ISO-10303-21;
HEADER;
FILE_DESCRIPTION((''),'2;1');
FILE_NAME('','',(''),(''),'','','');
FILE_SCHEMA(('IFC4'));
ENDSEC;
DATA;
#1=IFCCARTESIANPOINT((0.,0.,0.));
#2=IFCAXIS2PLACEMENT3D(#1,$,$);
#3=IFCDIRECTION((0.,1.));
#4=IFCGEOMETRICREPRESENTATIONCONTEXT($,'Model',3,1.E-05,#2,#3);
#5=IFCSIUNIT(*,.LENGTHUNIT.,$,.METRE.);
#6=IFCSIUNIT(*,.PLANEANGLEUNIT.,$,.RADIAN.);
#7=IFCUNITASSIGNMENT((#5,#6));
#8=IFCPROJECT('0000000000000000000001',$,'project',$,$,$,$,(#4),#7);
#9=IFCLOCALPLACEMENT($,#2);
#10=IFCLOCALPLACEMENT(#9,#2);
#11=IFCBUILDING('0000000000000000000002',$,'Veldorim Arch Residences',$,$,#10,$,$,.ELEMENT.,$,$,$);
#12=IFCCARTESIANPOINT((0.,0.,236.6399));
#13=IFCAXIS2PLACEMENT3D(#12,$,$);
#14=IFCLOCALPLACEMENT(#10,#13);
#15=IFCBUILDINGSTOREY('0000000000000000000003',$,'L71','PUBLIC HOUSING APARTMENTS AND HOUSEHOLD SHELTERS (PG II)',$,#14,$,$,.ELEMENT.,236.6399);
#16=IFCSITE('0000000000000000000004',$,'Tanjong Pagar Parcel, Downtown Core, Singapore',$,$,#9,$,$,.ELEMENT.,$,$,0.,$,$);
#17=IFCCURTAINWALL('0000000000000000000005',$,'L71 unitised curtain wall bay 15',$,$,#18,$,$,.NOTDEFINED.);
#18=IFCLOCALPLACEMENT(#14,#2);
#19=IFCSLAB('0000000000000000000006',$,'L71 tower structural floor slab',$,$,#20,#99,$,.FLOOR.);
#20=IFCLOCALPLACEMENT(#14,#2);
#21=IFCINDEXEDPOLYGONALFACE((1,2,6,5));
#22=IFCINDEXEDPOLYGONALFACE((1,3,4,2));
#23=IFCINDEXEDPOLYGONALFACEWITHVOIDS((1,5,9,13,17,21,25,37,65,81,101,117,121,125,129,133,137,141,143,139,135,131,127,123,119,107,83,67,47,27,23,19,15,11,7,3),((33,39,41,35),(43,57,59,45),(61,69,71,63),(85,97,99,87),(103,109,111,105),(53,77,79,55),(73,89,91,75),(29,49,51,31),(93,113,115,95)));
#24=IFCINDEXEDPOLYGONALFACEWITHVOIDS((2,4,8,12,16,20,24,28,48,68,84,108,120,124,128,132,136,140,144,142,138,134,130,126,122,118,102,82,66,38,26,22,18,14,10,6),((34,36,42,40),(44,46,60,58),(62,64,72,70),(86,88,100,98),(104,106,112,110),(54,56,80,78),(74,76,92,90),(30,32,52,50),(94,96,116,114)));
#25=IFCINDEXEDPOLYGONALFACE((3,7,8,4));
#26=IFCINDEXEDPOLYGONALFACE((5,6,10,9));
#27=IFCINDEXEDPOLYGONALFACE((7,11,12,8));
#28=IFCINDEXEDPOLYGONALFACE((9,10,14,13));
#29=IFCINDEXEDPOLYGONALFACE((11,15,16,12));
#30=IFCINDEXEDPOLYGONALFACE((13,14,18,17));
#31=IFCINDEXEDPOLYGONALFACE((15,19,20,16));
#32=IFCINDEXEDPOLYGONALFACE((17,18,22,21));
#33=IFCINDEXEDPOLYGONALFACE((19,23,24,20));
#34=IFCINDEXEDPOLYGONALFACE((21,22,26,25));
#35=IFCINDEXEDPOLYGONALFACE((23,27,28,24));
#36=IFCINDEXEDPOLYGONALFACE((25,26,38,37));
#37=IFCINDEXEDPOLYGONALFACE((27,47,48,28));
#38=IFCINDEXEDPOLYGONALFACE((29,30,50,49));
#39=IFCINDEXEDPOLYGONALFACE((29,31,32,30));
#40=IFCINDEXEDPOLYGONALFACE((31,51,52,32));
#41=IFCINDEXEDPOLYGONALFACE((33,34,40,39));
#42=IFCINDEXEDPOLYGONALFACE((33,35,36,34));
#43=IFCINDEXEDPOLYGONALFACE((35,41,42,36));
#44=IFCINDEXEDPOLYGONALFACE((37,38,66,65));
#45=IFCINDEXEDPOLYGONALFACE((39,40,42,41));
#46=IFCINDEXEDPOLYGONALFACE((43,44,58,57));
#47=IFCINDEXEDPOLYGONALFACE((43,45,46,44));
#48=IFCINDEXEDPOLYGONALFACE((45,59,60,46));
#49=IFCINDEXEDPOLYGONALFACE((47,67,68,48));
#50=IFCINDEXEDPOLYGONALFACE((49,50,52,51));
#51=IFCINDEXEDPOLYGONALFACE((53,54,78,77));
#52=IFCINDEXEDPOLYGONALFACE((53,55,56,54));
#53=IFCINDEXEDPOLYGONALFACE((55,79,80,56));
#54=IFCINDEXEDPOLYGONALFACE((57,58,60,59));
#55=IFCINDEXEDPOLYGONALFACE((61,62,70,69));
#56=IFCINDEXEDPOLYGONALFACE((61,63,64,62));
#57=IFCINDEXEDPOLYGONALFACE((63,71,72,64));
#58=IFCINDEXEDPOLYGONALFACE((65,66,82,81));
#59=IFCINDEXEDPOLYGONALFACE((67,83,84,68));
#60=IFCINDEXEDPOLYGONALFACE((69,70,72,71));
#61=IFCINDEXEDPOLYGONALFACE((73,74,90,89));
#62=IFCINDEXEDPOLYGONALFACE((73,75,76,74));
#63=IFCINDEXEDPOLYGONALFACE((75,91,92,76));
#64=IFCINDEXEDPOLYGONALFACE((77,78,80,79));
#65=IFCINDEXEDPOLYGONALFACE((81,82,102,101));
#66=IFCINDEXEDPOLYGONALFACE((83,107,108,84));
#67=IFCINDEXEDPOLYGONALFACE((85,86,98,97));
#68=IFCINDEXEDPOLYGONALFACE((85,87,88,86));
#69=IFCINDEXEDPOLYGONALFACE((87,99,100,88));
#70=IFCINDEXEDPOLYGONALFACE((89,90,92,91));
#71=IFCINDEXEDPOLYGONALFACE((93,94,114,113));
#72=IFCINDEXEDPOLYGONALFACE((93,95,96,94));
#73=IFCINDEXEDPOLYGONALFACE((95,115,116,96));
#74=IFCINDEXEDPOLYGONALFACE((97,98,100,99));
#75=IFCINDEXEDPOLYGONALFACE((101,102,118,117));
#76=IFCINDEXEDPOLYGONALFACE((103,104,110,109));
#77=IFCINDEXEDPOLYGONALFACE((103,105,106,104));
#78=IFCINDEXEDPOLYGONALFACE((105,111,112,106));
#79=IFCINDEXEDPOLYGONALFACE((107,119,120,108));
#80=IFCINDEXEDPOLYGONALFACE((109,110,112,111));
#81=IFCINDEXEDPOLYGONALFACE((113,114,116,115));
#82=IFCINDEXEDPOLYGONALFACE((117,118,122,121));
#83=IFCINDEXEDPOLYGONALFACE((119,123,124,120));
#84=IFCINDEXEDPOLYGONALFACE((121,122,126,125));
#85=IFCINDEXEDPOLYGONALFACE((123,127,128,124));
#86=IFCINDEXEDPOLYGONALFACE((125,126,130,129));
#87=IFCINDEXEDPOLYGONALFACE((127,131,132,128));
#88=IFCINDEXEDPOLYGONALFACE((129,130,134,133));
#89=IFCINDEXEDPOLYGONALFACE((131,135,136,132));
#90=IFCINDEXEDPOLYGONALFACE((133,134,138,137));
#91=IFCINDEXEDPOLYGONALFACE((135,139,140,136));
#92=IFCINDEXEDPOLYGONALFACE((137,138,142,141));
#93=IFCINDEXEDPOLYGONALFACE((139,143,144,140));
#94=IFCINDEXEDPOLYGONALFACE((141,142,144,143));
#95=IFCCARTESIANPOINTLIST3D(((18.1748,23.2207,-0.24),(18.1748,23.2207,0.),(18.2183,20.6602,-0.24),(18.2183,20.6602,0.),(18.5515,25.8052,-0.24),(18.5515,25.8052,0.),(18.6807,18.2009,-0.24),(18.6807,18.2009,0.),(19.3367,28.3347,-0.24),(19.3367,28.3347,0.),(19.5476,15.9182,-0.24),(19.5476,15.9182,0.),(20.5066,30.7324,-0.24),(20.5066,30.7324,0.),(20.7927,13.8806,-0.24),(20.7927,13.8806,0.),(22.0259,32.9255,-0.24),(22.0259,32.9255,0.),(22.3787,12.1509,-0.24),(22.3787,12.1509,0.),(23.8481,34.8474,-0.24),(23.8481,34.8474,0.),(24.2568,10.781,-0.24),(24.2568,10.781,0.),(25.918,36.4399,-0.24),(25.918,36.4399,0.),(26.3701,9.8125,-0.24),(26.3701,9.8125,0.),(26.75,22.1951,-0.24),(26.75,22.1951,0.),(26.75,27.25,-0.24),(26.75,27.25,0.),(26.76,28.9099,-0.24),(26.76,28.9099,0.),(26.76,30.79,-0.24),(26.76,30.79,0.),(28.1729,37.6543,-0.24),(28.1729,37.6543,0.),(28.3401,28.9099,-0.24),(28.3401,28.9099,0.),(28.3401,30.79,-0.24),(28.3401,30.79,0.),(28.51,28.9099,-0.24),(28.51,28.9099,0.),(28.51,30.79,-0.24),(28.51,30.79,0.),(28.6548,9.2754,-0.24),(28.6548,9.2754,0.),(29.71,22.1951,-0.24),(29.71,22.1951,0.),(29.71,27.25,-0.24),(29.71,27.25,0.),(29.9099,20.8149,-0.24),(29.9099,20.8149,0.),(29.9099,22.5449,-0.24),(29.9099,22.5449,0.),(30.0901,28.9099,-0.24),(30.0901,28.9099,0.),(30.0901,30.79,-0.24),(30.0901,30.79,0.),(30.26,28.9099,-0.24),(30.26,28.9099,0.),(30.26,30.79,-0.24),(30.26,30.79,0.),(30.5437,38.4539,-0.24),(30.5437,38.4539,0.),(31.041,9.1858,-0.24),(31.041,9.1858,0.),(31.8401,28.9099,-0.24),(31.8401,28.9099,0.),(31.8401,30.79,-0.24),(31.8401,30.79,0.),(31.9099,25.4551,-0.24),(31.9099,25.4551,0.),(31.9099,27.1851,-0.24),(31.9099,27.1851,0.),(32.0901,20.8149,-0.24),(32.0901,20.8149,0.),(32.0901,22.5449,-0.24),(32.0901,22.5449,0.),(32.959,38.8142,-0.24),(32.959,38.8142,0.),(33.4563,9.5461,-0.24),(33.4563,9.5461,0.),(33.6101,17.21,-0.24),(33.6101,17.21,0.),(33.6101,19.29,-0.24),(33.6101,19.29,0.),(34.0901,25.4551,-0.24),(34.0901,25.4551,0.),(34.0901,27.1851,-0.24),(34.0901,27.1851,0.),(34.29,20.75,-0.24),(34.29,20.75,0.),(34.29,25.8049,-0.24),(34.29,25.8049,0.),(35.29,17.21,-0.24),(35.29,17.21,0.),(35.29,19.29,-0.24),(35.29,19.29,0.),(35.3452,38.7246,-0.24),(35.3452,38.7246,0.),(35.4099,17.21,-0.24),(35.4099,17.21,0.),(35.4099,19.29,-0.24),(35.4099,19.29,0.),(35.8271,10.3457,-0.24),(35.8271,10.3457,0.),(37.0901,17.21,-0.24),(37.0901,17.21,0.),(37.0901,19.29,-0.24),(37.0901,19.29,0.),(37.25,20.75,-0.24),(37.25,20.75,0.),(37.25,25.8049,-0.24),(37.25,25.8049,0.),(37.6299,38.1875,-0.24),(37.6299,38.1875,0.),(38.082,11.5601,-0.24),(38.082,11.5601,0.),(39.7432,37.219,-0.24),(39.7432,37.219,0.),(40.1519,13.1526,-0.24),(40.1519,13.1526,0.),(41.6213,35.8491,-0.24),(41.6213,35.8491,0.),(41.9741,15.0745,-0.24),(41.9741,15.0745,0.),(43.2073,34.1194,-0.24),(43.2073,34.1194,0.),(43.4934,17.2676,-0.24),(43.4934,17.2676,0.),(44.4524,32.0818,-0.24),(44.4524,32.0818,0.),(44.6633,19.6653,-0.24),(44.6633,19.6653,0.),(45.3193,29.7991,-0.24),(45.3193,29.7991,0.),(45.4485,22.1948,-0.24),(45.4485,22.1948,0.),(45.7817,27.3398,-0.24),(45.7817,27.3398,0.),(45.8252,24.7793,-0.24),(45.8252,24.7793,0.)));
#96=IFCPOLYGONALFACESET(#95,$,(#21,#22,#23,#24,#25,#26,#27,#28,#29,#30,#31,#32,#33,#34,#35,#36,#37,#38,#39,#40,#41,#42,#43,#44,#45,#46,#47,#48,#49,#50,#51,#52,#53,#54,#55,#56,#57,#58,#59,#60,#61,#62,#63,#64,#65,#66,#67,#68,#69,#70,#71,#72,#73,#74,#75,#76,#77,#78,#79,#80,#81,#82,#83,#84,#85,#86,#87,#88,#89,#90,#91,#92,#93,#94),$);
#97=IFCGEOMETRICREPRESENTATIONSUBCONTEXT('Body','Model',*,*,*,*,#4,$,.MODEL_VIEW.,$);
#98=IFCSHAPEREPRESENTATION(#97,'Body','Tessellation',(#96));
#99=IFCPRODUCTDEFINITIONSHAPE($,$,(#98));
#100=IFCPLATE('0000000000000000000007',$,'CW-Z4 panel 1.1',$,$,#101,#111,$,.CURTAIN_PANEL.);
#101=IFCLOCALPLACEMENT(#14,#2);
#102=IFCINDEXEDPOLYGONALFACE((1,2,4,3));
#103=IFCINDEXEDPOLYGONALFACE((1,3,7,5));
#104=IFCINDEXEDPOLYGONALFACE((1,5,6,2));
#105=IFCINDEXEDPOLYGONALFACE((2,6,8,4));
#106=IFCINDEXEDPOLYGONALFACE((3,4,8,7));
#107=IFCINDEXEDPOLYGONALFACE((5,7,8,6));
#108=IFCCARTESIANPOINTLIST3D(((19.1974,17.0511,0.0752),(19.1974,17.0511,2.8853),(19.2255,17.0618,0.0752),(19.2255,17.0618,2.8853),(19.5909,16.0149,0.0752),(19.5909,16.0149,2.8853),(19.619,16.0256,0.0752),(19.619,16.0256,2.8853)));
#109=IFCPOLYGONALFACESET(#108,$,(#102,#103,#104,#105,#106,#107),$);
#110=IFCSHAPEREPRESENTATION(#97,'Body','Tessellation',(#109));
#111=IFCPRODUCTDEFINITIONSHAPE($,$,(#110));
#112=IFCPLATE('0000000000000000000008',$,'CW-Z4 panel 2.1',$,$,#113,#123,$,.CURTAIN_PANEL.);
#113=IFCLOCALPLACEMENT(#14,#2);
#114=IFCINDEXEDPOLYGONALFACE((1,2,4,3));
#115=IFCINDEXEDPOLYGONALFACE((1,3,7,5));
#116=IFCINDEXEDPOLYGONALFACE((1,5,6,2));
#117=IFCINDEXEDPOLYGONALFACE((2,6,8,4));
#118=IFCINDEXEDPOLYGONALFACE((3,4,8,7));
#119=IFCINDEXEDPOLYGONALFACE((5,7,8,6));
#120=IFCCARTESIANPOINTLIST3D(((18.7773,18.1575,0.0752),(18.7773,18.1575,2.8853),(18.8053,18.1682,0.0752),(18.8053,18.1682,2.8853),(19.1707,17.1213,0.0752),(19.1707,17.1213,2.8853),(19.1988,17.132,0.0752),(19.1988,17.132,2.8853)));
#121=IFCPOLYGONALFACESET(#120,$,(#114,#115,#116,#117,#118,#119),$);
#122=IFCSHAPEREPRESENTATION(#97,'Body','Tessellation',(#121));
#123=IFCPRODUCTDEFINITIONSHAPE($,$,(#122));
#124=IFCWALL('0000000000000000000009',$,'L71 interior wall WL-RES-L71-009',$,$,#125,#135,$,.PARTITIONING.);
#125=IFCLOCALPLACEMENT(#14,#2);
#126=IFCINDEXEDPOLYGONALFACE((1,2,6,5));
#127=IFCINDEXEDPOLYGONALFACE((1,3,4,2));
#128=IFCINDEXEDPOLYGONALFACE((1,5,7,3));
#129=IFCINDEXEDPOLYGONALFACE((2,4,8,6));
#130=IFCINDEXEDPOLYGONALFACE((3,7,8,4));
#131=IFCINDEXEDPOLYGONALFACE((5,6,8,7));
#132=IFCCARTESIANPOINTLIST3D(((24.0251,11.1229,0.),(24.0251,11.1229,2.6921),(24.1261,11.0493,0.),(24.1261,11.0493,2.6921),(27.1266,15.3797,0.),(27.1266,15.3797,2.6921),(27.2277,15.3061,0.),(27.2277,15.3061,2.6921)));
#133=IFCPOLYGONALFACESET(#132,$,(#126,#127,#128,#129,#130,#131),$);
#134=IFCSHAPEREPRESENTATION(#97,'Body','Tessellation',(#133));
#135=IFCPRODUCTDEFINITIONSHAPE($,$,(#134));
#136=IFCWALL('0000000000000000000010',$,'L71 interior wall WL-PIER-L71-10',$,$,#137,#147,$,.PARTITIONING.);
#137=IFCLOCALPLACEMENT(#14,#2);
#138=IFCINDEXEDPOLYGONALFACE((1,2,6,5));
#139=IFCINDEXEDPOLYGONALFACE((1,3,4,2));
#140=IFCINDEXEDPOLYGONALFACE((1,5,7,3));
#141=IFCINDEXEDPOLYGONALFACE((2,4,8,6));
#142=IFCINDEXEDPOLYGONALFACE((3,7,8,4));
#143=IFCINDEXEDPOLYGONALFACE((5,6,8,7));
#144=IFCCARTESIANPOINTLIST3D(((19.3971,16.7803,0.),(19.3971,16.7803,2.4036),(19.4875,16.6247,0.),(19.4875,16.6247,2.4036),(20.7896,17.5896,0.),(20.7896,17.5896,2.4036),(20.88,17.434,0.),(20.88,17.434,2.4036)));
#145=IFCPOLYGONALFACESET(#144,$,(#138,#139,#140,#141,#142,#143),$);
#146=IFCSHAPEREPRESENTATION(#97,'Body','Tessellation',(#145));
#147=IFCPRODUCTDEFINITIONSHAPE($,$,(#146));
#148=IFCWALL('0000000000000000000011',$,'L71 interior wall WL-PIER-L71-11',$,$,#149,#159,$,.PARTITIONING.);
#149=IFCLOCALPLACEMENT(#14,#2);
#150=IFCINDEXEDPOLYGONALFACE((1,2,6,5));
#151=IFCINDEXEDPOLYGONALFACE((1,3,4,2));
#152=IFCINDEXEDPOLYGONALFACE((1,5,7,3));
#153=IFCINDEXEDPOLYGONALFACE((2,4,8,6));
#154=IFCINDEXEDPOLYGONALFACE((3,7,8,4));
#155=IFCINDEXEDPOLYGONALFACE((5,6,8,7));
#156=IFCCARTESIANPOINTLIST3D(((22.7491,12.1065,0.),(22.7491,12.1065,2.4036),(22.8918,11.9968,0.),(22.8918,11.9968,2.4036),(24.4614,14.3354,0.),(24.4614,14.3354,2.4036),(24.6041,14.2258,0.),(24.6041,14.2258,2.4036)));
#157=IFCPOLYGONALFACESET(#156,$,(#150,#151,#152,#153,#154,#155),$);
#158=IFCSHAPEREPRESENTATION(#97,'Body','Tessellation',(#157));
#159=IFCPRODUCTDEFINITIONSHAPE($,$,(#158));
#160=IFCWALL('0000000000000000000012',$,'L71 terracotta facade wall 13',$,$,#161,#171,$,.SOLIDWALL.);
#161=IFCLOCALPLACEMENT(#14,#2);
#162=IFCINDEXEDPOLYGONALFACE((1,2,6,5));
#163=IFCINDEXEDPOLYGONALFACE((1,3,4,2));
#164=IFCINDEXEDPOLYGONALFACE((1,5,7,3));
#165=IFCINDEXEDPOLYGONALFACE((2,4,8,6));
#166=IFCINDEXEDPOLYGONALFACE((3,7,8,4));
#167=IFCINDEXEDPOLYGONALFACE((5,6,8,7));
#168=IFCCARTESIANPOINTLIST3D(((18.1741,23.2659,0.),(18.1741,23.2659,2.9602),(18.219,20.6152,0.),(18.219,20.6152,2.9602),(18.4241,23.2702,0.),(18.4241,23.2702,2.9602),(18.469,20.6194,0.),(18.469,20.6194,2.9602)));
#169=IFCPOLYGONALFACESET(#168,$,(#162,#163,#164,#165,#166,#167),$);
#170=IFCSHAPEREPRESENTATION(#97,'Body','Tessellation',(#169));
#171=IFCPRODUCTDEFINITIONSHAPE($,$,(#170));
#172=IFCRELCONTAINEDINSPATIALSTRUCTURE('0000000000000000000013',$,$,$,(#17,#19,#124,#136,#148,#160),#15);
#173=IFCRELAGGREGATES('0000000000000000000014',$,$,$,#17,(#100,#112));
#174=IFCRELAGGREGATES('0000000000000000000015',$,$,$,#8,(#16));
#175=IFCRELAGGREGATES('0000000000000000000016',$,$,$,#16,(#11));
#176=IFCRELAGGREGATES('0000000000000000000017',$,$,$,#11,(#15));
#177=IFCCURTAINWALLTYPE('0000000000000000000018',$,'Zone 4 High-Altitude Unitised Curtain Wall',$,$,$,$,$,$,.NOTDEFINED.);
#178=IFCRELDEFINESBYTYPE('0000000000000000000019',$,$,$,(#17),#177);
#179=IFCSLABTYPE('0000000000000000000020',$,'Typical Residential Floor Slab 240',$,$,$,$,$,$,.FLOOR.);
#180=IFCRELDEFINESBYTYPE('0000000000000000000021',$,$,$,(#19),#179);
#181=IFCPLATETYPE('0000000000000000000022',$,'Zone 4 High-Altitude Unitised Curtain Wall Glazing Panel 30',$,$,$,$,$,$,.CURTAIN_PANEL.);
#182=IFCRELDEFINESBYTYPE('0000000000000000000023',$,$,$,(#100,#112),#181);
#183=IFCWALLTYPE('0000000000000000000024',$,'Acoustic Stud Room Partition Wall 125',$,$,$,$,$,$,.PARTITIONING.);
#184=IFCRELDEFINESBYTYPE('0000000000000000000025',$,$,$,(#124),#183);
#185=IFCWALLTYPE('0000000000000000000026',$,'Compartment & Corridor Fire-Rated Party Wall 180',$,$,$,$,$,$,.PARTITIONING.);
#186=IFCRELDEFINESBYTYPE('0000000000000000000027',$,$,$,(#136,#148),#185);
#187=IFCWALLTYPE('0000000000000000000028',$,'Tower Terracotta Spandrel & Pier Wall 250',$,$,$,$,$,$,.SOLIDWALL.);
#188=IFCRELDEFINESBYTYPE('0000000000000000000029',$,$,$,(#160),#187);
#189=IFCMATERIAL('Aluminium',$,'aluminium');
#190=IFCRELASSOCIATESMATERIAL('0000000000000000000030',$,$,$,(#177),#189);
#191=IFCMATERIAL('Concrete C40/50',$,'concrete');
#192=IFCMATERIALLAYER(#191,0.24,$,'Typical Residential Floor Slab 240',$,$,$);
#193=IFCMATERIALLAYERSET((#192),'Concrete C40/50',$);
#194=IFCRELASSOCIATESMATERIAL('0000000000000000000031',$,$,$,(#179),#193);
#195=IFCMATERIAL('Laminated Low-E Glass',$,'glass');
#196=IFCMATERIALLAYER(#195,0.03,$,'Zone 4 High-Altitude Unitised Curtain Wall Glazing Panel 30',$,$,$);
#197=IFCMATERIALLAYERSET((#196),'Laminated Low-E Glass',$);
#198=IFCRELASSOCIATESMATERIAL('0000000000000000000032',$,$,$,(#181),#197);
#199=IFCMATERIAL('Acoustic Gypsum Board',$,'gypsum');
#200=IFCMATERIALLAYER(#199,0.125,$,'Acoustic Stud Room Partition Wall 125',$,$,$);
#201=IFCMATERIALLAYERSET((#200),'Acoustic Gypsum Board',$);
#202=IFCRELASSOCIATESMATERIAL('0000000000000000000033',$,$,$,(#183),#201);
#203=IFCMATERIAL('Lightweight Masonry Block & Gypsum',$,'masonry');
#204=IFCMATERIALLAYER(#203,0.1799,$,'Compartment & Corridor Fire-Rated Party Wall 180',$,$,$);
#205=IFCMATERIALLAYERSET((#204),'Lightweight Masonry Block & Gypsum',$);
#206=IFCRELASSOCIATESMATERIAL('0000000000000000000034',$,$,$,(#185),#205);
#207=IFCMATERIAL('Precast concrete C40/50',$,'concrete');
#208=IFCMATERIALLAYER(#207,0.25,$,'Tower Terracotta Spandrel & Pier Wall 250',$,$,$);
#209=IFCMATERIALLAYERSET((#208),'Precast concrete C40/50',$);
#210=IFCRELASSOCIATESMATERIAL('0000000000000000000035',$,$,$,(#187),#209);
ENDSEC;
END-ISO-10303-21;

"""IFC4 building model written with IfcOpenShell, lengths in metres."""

from ifc_helpers import new_model, si_unit, direction, frame, frame_2d, origin, origin_2d, place, context, subcontext, project, spatial, polyline, rectangle, outline, extrude, material, layer, layer_set, type_object, element, aggregate, save


model = new_model("IFC4")

# Units and contexts
model_context = context("Model", 3, precision=1e-05, world=origin(), true_north=direction((0.0, 1.0)))
body_context = subcontext(model_context, "Body", "Model", "MODEL_VIEW")
ifc_project = project(units=[si_unit("LENGTHUNIT", "METRE"), si_unit("PLANEANGLEUNIT", "RADIAN")], contexts=[model_context])

# Site, building, storey
site_placement = place(None, origin())
site = spatial("IfcSite", under=ifc_project, at=site_placement, Name="Tanjong Pagar Parcel, Downtown Core, Singapore", CompositionType="ELEMENT", RefElevation=0.0)
building_placement = place(site_placement, origin())
building = spatial("IfcBuilding", under=site, at=building_placement, Name="Veldorim Arch Residences", CompositionType="ELEMENT")
storey_placement = place(building_placement, frame((0.0, 0.0, 236.6399)))
storey = spatial("IfcBuildingStorey", under=building, at=storey_placement, Name="L71", Description="PUBLIC HOUSING APARTMENTS AND HOUSEHOLD SHELTERS (PG II)", CompositionType="ELEMENT", Elevation=236.6399)

# Curtain wall
ifc_material_1 = material(Name="Aluminium", Category="aluminium")
curtain_wall_type = type_object("IfcCurtainWallType", Name="Zone 4 High-Altitude Unitised Curtain Wall", PredefinedType="NOTDEFINED", material=ifc_material_1)
curtain_wall_placement = place(storey_placement, origin())
curtain_wall = element("IfcCurtainWall", 1, at=curtain_wall_placement, inside=storey, type_object=curtain_wall_type, Name="L71 unitised curtain wall bay 15", PredefinedType="NOTDEFINED")

# Slab
ifc_material_2 = material(Name="Concrete C40/50", Category="concrete")
ifc_layer_1 = layer(ifc_material_2, 0.24, Name="Typical Residential Floor Slab 240")
ifc_layer_set_1 = layer_set([ifc_layer_1], Name="Concrete C40/50")
slab_type_1 = type_object("IfcSlabType", Name="Typical Residential Floor Slab 240", PredefinedType="FLOOR", material=ifc_layer_set_1)
slab_1_placement = place(storey_placement, frame((0.0, 0.0, -0.24)))
element("IfcSlab", 2, at=slab_1_placement, inside=storey, type_object=slab_type_1, Name="L71 tower structural floor slab", PredefinedType="FLOOR", context=body_context, shape_type="SweptSolid", body=[
    extrude(outline(polyline([(39.7432, 37.219), (37.6299, 38.1875), (35.3452, 38.7246), (32.959, 38.8142), (30.5437, 38.4539), (28.1729, 37.6543), (25.918, 36.4399), (23.8481, 34.8474), (22.0259, 32.9255), (20.5066, 30.7324), (19.3367, 28.3347), (18.5515, 25.8052), (18.1748, 23.2207), (18.2183, 20.6602), (18.6807, 18.2009), (19.5476, 15.9182), (20.7927, 13.8806), (22.3787, 12.1509), (24.2568, 10.781), (26.3701, 9.8125), (28.6548, 9.2754), (31.041, 9.1858), (33.4563, 9.5461), (35.8271, 10.3457), (38.082, 11.5601), (40.1519, 13.1526), (41.9741, 15.0745), (43.4934, 17.2676), (44.6633, 19.6653), (45.4485, 22.1948), (45.8252, 24.7793), (45.7817, 27.3398), (45.3193, 29.7991), (44.4524, 32.0818), (43.2073, 34.1194), (41.6213, 35.8491), (39.7432, 37.219)]), holes=[polyline([(33.6101, 17.21), (33.6101, 19.29), (35.29, 19.29), (35.29, 17.21), (33.6101, 17.21)]), polyline([(35.4099, 17.21), (35.4099, 19.29), (37.0901, 19.29), (37.0901, 17.21), (35.4099, 17.21)]), polyline([(29.9099, 20.8149), (29.9099, 22.5449), (32.0901, 22.5449), (32.0901, 20.8149), (29.9099, 20.8149)]), polyline([(34.29, 20.75), (34.29, 25.8049), (37.25, 25.8049), (37.25, 20.75), (34.29, 20.75)]), polyline([(26.75, 22.1951), (26.75, 27.25), (29.71, 27.25), (29.71, 22.1951), (26.75, 22.1951)]), polyline([(31.9099, 25.4551), (31.9099, 27.1851), (34.0901, 27.1851), (34.0901, 25.4551), (31.9099, 25.4551)]), polyline([(26.76, 28.9099), (26.76, 30.79), (28.3401, 30.79), (28.3401, 28.9099), (26.76, 28.9099)]), polyline([(28.51, 30.79), (30.0901, 30.79), (30.0901, 28.9099), (28.51, 28.9099), (28.51, 30.79)]), polyline([(30.26, 30.79), (31.8401, 30.79), (31.8401, 28.9099), (30.26, 28.9099), (30.26, 30.79)])]), origin(), (0.0, 0.0, 1.0), 0.24),
])

# Plates
ifc_material_3 = material(Name="Laminated Low-E Glass", Category="glass")
ifc_layer_2 = layer(ifc_material_3, 0.03, Name="Zone 4 High-Altitude Unitised Curtain Wall Glazing Panel 30")
ifc_layer_set_2 = layer_set([ifc_layer_2], Name="Laminated Low-E Glass")
plate_type = type_object("IfcPlateType", Name="Zone 4 High-Altitude Unitised Curtain Wall Glazing Panel 30", PredefinedType="CURTAIN_PANEL", material=ifc_layer_set_2)
plate_1_placement = place(storey_placement, frame((19.4082, 16.5383, 0.0752), z_axis=(0.0, 0.0, 1.0), x_axis=(-0.355002, 0.934865, 0.0)))
plate_1 = element("IfcPlate", 3, at=plate_1_placement, type_object=plate_type, Name="CW-Z4 panel 1.1", PredefinedType="CURTAIN_PANEL", context=body_context, shape_type="SweptSolid", body=[
    extrude(rectangle(XDim=1.1084, YDim=0.03, at=origin_2d()), origin(), (0.0, 0.0, 1.0), 2.8101),
])
plate_2_placement = place(storey_placement, frame((18.988, 17.6448, 0.0752), z_axis=(0.0, 0.0, 1.0), x_axis=(-0.355002, 0.934865, 0.0)))
plate_2 = element("IfcPlate", 4, at=plate_2_placement, type_object=plate_type, Name="CW-Z4 panel 2.1", PredefinedType="CURTAIN_PANEL", context=body_context, shape_type="SweptSolid", body=[
    extrude(rectangle(XDim=1.1084, YDim=0.03, at=origin_2d()), origin(), (0.0, 0.0, 1.0), 2.8101),
])
aggregate(curtain_wall, [plate_1, plate_2])

# Walls
ifc_material_4 = material(Name="Acoustic Gypsum Board", Category="gypsum")
ifc_layer_3 = layer(ifc_material_4, 0.125, Name="Acoustic Stud Room Partition Wall 125")
ifc_layer_set_3 = layer_set([ifc_layer_3], Name="Acoustic Gypsum Board")
wall_type_1 = type_object("IfcWallType", Name="Acoustic Stud Room Partition Wall 125", PredefinedType="PARTITIONING", material=ifc_layer_set_3)
wall_1_placement = place(storey_placement, frame((24.0757, 11.0862, 0.0), z_axis=(0.0, 0.0, 1.0), x_axis=(0.588877, 0.808223, 0.0)))
element("IfcWall", 5, at=wall_1_placement, inside=storey, type_object=wall_type_1, Name="L71 interior wall WL-RES-L71-009", PredefinedType="PARTITIONING", context=body_context, shape_type="SweptSolid", body=[
    extrude(rectangle(XDim=5.2668, YDim=0.125, at=frame_2d((2.6333, 0.0))), origin(), (0.0, 0.0, 1.0), 2.6921),
])
ifc_material_5 = material(Name="Lightweight Masonry Block & Gypsum", Category="masonry")
ifc_layer_4 = layer(ifc_material_5, 0.1799, Name="Compartment & Corridor Fire-Rated Party Wall 180")
ifc_layer_set_4 = layer_set([ifc_layer_4], Name="Lightweight Masonry Block & Gypsum")
wall_type_2 = type_object("IfcWallType", Name="Compartment & Corridor Fire-Rated Party Wall 180", PredefinedType="PARTITIONING", material=ifc_layer_set_4)
wall_2_placement = place(storey_placement, frame((20.8347, 17.5117, 0.0), z_axis=(0.0, 0.0, 1.0), x_axis=(-0.864591, -0.502476, 0.0)))
element("IfcWall", 6, at=wall_2_placement, inside=storey, type_object=wall_type_2, Name="L71 interior wall WL-PIER-L71-10", PredefinedType="PARTITIONING", context=body_context, shape_type="SweptSolid", body=[
    extrude(rectangle(XDim=1.6106, YDim=0.1799, at=frame_2d((0.8052, 0.0))), origin(), (0.0, 0.0, 1.0), 2.4036),
])
wall_3_placement = place(storey_placement, frame((24.5327, 14.2805, 0.0), z_axis=(0.0, 0.0, 1.0), x_axis=(-0.609215, -0.793005, 0.0)))
element("IfcWall", 7, at=wall_3_placement, inside=storey, type_object=wall_type_2, Name="L71 interior wall WL-PIER-L71-11", PredefinedType="PARTITIONING", context=body_context, shape_type="SweptSolid", body=[
    extrude(rectangle(XDim=2.8108, YDim=0.1799, at=frame_2d((1.4053, 0.0))), origin(), (0.0, 0.0, 1.0), 2.4036),
])
ifc_material_6 = material(Name="Precast concrete C40/50", Category="concrete")
ifc_layer_5 = layer(ifc_material_6, 0.25, Name="Tower Terracotta Spandrel & Pier Wall 250")
ifc_layer_set_5 = layer_set([ifc_layer_5], Name="Precast concrete C40/50")
wall_type_3 = type_object("IfcWallType", Name="Tower Terracotta Spandrel & Pier Wall 250", PredefinedType="SOLIDWALL", material=ifc_layer_set_5)
wall_4_placement = place(storey_placement, frame((18.344, 20.6172, 0.0), z_axis=(0.0, 0.0, 1.0), x_axis=(-0.016945, 0.999856, 0.0)))
element("IfcWall", 8, at=wall_4_placement, inside=storey, type_object=wall_type_3, Name="L71 terracotta facade wall 13", PredefinedType="SOLIDWALL", context=body_context, shape_type="SweptSolid", body=[
    extrude(rectangle(XDim=2.6511, YDim=0.25, at=frame_2d((1.3257, 0.0))), origin(), (0.0, 0.0, 1.0), 2.9602),
])

save(model, "model.ifc")
